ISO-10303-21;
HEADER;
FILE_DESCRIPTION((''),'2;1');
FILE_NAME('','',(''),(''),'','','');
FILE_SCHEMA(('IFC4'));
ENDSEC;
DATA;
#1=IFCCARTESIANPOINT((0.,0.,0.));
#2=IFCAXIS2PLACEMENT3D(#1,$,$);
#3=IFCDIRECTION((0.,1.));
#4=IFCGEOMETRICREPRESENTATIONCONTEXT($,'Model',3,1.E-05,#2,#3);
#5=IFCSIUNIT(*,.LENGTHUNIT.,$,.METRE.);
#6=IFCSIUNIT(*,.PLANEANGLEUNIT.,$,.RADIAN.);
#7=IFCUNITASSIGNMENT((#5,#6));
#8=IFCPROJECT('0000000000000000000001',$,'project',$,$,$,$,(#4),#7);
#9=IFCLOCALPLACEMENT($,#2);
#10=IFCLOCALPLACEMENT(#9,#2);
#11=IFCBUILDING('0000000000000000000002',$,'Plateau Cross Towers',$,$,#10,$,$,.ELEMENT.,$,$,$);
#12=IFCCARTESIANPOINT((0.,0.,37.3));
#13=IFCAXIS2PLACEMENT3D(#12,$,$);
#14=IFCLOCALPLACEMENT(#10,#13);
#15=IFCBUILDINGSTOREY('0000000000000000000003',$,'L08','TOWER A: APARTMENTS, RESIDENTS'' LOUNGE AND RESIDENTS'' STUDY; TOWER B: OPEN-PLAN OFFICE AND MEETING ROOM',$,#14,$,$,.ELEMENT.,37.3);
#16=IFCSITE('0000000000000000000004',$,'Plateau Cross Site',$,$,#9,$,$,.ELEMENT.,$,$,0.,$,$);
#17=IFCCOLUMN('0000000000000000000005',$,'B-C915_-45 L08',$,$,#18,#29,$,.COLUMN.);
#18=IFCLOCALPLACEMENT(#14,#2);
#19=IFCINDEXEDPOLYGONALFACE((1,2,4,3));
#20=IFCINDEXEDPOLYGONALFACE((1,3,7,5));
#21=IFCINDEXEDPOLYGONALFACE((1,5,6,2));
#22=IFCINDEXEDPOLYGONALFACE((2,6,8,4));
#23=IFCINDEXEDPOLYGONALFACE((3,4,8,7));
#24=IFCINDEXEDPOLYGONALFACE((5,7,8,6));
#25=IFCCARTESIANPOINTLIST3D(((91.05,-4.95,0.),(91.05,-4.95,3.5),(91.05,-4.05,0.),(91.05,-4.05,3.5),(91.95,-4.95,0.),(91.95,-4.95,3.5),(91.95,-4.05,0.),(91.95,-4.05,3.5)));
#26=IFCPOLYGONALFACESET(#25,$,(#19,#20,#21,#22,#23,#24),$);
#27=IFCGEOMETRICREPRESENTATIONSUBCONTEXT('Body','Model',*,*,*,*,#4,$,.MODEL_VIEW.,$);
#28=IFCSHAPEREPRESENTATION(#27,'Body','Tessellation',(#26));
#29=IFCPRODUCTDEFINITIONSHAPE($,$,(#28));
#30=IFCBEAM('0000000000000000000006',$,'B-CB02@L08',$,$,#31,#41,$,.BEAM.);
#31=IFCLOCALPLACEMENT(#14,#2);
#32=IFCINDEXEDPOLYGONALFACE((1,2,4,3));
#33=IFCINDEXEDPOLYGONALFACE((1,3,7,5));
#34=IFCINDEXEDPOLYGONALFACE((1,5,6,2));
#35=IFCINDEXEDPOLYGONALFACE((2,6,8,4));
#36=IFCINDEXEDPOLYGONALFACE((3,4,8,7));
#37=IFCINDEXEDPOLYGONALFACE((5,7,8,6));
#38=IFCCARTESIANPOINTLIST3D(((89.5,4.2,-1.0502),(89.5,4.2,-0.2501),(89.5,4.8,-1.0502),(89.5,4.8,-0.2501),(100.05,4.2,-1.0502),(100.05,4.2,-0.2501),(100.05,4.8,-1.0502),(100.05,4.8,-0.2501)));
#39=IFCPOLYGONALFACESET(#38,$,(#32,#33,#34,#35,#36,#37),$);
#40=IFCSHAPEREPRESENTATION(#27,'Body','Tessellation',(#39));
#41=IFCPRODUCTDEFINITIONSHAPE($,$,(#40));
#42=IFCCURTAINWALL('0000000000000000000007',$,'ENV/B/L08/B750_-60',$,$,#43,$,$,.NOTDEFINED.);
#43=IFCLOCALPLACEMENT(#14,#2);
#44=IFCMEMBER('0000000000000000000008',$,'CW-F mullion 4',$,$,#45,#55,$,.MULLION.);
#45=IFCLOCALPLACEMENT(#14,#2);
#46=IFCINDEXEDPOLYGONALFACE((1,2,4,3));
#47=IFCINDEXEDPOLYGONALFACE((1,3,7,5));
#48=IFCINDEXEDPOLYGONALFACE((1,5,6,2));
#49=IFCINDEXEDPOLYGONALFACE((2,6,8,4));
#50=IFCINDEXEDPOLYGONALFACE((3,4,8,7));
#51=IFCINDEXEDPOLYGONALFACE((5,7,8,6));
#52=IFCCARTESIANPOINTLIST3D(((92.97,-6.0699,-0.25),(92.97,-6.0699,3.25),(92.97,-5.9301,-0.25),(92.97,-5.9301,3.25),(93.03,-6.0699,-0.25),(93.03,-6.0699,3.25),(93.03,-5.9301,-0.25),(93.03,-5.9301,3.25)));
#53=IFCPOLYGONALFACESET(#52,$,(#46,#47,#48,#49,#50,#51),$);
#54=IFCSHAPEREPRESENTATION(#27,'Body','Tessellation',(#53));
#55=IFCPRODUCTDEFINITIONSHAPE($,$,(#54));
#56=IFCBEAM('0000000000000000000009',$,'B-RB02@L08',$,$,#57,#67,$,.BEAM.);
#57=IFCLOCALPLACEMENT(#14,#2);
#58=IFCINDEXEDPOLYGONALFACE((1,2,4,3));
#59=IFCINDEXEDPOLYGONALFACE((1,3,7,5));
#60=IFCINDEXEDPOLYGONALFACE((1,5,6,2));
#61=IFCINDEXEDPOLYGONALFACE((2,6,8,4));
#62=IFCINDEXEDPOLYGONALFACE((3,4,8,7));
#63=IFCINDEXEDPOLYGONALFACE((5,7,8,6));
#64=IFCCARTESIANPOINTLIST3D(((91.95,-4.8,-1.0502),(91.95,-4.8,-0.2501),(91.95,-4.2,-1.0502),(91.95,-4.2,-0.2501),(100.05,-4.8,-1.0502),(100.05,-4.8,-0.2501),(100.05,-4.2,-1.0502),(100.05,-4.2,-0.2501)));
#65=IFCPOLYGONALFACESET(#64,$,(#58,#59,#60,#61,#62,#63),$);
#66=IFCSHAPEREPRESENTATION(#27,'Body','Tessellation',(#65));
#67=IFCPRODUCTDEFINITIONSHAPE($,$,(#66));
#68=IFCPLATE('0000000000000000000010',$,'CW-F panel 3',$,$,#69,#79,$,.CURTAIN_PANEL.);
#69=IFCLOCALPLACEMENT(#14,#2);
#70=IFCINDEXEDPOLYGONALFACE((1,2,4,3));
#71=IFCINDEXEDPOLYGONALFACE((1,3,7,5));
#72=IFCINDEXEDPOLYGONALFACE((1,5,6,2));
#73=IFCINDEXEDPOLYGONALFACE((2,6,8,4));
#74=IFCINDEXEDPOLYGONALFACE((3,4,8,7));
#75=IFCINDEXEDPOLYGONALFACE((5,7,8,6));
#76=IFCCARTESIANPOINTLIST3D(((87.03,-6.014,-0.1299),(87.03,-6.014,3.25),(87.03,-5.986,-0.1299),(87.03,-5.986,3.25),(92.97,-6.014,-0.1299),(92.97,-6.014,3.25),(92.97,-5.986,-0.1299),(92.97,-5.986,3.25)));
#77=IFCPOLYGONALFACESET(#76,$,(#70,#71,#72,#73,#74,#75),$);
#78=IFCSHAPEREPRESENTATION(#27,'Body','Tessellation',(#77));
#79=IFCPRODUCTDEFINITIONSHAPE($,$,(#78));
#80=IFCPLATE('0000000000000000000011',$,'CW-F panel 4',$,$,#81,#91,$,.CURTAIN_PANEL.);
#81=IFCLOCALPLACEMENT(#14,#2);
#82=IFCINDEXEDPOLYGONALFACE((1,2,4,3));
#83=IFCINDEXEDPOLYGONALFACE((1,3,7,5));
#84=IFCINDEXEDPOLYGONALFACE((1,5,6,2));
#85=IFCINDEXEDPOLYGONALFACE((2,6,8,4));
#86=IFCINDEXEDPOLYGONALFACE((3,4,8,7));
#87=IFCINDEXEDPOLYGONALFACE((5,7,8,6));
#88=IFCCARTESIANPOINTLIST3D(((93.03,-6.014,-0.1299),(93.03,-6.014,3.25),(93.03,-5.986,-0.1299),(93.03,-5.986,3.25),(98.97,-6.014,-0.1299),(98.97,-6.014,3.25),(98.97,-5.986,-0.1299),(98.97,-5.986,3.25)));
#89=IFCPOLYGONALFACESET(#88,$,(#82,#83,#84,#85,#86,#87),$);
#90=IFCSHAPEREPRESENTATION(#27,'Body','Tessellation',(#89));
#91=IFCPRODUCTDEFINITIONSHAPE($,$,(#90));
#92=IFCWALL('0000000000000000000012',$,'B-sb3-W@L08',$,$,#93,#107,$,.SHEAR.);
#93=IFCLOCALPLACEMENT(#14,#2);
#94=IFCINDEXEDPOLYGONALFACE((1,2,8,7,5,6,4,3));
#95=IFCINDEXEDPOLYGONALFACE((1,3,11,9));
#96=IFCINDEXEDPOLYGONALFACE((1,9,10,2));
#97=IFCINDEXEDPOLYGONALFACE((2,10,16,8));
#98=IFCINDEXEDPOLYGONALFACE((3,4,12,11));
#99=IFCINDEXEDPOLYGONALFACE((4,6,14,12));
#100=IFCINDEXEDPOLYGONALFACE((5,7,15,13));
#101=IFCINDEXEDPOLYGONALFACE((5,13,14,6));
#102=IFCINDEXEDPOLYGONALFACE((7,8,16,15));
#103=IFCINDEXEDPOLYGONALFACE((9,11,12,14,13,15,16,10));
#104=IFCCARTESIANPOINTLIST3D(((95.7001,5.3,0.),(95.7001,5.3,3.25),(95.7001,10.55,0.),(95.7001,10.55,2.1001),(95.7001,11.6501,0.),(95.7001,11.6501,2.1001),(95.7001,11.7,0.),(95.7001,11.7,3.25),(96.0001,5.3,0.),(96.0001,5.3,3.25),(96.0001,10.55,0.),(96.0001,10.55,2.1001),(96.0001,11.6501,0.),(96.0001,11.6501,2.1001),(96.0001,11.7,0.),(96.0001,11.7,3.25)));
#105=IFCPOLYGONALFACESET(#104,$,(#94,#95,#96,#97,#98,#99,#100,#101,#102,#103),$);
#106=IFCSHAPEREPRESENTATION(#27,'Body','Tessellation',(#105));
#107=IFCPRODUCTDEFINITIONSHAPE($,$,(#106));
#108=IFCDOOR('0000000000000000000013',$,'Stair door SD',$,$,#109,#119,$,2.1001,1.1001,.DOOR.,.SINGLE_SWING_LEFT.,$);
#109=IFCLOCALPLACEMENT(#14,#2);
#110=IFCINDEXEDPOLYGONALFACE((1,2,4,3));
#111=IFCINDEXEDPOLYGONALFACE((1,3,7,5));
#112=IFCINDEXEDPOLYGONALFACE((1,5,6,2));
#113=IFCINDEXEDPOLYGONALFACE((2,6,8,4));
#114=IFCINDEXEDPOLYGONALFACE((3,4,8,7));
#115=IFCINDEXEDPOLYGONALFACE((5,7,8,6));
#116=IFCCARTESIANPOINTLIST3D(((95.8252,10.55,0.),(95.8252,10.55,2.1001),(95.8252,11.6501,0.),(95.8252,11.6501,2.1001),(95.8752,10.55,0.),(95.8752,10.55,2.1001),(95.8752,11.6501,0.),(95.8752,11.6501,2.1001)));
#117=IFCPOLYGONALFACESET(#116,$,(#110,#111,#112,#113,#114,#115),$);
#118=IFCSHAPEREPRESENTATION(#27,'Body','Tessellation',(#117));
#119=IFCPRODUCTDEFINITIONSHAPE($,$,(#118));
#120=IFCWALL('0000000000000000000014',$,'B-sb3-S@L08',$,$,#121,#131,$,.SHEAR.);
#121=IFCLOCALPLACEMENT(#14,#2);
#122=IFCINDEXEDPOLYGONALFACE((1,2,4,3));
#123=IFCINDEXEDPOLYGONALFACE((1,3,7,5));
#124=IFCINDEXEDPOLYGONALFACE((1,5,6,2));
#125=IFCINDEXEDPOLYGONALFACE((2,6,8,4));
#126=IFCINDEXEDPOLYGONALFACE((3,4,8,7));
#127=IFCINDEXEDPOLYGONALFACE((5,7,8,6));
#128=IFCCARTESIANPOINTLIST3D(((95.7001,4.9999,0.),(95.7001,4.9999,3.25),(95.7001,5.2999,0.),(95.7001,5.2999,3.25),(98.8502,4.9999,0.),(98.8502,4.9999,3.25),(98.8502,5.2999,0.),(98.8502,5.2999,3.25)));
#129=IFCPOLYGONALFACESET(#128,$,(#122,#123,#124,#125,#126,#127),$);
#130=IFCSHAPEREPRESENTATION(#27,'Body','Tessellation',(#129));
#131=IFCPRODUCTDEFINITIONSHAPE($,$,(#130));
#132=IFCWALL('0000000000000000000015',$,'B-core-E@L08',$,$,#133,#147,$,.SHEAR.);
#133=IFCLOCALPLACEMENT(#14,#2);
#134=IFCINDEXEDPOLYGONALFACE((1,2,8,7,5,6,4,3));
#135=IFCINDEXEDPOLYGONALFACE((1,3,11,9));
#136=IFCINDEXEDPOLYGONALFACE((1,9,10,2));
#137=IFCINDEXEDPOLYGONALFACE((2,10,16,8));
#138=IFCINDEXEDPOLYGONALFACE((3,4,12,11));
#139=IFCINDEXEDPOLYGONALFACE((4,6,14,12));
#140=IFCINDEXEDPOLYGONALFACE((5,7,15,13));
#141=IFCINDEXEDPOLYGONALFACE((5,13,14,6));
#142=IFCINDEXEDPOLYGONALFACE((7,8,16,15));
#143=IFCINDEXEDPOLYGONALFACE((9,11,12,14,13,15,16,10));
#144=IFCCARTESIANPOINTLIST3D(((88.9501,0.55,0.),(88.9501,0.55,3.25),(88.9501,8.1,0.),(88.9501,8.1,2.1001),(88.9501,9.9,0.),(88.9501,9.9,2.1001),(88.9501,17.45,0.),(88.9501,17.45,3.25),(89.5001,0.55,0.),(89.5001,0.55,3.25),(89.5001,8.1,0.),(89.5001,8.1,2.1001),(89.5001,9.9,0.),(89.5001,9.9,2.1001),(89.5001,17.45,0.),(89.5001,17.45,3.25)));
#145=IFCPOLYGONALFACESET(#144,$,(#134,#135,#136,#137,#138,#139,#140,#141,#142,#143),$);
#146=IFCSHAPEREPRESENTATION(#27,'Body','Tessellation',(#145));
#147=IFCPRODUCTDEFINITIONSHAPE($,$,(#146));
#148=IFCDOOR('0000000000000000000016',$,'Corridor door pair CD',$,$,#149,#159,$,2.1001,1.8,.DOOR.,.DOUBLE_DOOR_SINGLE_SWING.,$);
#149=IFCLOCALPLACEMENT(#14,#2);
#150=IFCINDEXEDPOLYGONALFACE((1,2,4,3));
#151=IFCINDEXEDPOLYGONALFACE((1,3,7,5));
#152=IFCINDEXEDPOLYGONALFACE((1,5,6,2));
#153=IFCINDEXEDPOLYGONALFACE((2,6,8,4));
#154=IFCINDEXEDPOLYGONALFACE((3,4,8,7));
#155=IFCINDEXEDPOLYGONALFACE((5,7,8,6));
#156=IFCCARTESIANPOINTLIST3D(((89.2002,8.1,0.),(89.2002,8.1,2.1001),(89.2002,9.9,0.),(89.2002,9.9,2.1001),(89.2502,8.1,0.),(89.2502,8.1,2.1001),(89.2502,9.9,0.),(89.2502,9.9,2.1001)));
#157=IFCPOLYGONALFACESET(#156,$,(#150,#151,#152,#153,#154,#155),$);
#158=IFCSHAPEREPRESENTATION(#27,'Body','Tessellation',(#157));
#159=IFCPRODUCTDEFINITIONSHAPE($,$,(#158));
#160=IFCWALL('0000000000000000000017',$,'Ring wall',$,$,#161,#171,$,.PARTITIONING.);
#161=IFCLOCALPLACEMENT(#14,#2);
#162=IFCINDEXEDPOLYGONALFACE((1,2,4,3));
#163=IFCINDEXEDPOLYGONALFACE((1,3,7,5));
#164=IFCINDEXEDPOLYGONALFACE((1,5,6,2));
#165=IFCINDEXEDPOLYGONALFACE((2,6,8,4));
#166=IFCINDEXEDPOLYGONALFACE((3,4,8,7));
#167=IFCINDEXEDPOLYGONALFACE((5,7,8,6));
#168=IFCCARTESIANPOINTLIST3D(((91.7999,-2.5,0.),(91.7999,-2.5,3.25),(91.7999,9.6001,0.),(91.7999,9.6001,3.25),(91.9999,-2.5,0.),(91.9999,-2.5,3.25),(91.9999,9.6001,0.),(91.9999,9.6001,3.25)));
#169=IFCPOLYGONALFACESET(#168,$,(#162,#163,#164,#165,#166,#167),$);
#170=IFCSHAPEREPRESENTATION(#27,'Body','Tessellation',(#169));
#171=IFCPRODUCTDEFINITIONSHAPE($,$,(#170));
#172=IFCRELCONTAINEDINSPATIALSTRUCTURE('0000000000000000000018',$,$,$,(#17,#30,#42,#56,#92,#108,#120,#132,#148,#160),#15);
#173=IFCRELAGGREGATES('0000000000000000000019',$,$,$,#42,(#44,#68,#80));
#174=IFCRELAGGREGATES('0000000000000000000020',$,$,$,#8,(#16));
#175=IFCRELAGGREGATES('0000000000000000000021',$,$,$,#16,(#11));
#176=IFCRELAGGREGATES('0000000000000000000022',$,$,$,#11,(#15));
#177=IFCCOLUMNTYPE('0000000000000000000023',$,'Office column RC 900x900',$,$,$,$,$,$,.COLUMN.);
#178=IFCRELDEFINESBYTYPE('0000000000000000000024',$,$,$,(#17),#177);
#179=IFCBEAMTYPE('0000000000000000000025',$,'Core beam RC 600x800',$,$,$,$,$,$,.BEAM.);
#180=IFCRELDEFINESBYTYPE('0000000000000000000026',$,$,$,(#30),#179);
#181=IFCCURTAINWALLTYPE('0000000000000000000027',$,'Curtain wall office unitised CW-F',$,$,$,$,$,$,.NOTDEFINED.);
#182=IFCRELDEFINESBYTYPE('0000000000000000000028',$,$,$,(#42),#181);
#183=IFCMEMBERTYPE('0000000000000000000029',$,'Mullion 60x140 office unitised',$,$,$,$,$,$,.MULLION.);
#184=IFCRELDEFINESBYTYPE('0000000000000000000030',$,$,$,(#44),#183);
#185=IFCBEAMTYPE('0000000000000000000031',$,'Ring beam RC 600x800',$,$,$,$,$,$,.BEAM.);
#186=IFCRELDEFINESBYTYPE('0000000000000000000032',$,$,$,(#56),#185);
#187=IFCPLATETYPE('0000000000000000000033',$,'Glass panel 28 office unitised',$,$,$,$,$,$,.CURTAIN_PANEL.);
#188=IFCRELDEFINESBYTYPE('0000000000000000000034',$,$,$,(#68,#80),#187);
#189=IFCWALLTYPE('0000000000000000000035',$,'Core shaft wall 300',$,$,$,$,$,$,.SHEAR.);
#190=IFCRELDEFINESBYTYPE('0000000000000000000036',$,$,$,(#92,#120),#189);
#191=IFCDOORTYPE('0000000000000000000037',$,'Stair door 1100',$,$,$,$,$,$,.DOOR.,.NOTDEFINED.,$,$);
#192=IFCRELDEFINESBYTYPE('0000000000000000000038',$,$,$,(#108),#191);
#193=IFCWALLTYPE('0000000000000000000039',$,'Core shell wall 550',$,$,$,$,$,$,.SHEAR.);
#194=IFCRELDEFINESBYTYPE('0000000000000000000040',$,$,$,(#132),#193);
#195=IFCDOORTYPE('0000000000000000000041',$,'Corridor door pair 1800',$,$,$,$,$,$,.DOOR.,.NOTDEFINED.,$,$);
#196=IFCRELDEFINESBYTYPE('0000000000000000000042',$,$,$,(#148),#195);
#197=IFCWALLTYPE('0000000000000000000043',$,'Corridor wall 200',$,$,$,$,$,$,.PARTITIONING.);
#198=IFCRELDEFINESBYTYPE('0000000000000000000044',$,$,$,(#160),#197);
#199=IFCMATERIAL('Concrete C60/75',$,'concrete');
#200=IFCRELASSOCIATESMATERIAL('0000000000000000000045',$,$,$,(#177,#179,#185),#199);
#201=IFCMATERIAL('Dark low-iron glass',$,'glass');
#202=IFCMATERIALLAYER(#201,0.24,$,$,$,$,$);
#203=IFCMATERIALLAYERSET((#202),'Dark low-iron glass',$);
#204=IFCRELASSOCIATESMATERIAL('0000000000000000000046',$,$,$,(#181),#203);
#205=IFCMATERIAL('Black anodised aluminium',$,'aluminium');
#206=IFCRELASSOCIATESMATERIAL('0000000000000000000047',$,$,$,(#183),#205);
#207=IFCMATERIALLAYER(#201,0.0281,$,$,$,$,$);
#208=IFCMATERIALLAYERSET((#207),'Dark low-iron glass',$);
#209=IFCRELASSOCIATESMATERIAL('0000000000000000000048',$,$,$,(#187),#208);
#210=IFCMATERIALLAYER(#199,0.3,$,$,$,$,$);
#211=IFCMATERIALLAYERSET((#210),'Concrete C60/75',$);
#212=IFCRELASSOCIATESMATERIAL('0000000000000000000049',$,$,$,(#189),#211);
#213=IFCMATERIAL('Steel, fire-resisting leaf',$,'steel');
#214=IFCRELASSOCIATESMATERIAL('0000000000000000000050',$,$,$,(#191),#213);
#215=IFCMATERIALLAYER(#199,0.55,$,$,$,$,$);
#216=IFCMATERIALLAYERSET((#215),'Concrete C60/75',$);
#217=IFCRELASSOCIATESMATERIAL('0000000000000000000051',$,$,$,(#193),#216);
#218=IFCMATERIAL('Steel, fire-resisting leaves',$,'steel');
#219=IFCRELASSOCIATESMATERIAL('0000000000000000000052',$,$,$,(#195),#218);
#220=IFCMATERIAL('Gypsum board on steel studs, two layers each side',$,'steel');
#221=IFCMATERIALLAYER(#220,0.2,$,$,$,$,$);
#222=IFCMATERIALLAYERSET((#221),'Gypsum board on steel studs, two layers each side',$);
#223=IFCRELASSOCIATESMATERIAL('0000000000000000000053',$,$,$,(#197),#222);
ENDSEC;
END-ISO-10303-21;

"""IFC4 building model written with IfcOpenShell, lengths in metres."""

from ifc_helpers import new_model, si_unit, direction, frame, frame_2d, origin, origin_2d, place, context, subcontext, project, spatial, rectangle, extrude, material, layer, layer_set, material_profile, profile_set, type_object, element, fill, aggregate, save


model = new_model("IFC4")

# Units and contexts
model_context = context("Model", 3, precision=1e-05, world=origin(), true_north=direction((0.0, 1.0)))
body_context = subcontext(model_context, "Body", "Model", "MODEL_VIEW")
ifc_project = project(units=[si_unit("LENGTHUNIT", "METRE"), si_unit("PLANEANGLEUNIT", "RADIAN")], contexts=[model_context])

# Site, building, storey
site_placement = place(None, origin())
site = spatial("IfcSite", under=ifc_project, at=site_placement, Name="Plateau Cross Site", CompositionType="ELEMENT", RefElevation=0.0)
building_placement = place(site_placement, origin())
building = spatial("IfcBuilding", under=site, at=building_placement, Name="Plateau Cross Towers", CompositionType="ELEMENT")
storey_placement = place(building_placement, frame((0.0, 0.0, 37.3)))
storey = spatial("IfcBuildingStorey", under=building, at=storey_placement, Name="L08", Description="TOWER A: APARTMENTS, RESIDENTS' LOUNGE AND RESIDENTS' STUDY; TOWER B: OPEN-PLAN OFFICE AND MEETING ROOM", CompositionType="ELEMENT", Elevation=37.3)

# Column
ifc_material_1 = material(Name="Concrete C60/75", Category="concrete")
ifc_material_profile_1 = material_profile(ifc_material_1, rectangle(XDim=0.8999, YDim=0.8999, at=origin_2d()), Name="RC 900x900")
ifc_profile_set_1 = profile_set([ifc_material_profile_1], Name="Concrete C60/75")
column_type = type_object("IfcColumnType", Name="Office column RC 900x900", PredefinedType="COLUMN", material=ifc_profile_set_1)
column_placement = place(storey_placement, frame((91.5, -4.5, 0.0), z_axis=(0.0, 0.0, 1.0), x_axis=(1.0, 0.0, 0.0)))
element("IfcColumn", 1, at=column_placement, inside=storey, type_object=column_type, Name="B-C915_-45 L08", PredefinedType="COLUMN", context=body_context, shape_type="SweptSolid", body=[
    extrude(rectangle(XDim=0.8999, YDim=0.8999, at=origin_2d()), origin(), (0.0, 0.0, 1.0), 3.5),
])

# Beam
ifc_material_profile_2 = material_profile(ifc_material_1, rectangle(XDim=0.6001, YDim=0.8, at=origin_2d()), Name="RC 600x800")
ifc_profile_set_2 = profile_set([ifc_material_profile_2], Name="Concrete C60/75")
beam_type_1 = type_object("IfcBeamType", Name="Core beam RC 600x800", PredefinedType="BEAM", material=ifc_profile_set_2)
beam_1_placement = place(storey_placement, frame((89.5, 4.5, -0.6501), z_axis=(1.0, 0.0, 0.0), x_axis=(0.0, 1.0, 0.0)))
element("IfcBeam", 2, at=beam_1_placement, inside=storey, type_object=beam_type_1, Name="B-CB02@L08", PredefinedType="BEAM", context=body_context, shape_type="SweptSolid", body=[
    extrude(rectangle(XDim=0.6001, YDim=0.8, at=origin_2d()), origin(), (0.0, 0.0, 1.0), 10.55),
])

# Curtain wall, member
ifc_material_2 = material(Name="Dark low-iron glass", Category="glass")
ifc_layer_1 = layer(ifc_material_2, 0.24)
ifc_layer_set_1 = layer_set([ifc_layer_1], Name="Dark low-iron glass")
curtain_wall_type = type_object("IfcCurtainWallType", Name="Curtain wall office unitised CW-F", PredefinedType="NOTDEFINED", material=ifc_layer_set_1)
curtain_wall_placement = place(storey_placement, origin())
curtain_wall = element("IfcCurtainWall", 3, at=curtain_wall_placement, inside=storey, type_object=curtain_wall_type, Name="ENV/B/L08/B750_-60", PredefinedType="NOTDEFINED")
ifc_material_3 = material(Name="Black anodised aluminium", Category="aluminium")
ifc_material_profile_3 = material_profile(ifc_material_3, rectangle(XDim=0.0601, YDim=0.1399, at=origin_2d()), Name="MULLION 60x140")
ifc_profile_set_3 = profile_set([ifc_material_profile_3], Name="Black anodised aluminium")
member_type = type_object("IfcMemberType", Name="Mullion 60x140 office unitised", PredefinedType="MULLION", material=ifc_profile_set_3)
member_placement = place(storey_placement, frame((93.0, -6.0, -0.25), z_axis=(0.0, 0.0, 1.0), x_axis=(1.0, 0.0, 0.0)))
member = element("IfcMember", 4, at=member_placement, type_object=member_type, Name="CW-F mullion 4", PredefinedType="MULLION", context=body_context, shape_type="SweptSolid", body=[
    extrude(rectangle(XDim=0.0601, YDim=0.1399, at=origin_2d()), origin(), (0.0, 0.0, 1.0), 3.5),
])

# Beam
ifc_material_profile_4 = material_profile(ifc_material_1, rectangle(XDim=0.6001, YDim=0.8, at=origin_2d()), Name="RC 600x800")
ifc_profile_set_4 = profile_set([ifc_material_profile_4], Name="Concrete C60/75")
beam_type_2 = type_object("IfcBeamType", Name="Ring beam RC 600x800", PredefinedType="BEAM", material=ifc_profile_set_4)
beam_2_placement = place(storey_placement, frame((91.95, -4.5, -0.6501), z_axis=(1.0, 0.0, 0.0), x_axis=(0.0, 1.0, 0.0)))
element("IfcBeam", 5, at=beam_2_placement, inside=storey, type_object=beam_type_2, Name="B-RB02@L08", PredefinedType="BEAM", context=body_context, shape_type="SweptSolid", body=[
    extrude(rectangle(XDim=0.6001, YDim=0.8, at=origin_2d()), origin(), (0.0, 0.0, 1.0), 8.1001),
])

# Plates
ifc_layer_2 = layer(ifc_material_2, 0.0281)
ifc_layer_set_2 = layer_set([ifc_layer_2], Name="Dark low-iron glass")
plate_type = type_object("IfcPlateType", Name="Glass panel 28 office unitised", PredefinedType="CURTAIN_PANEL", material=ifc_layer_set_2)
plate_1_placement = place(storey_placement, frame((90.0, -6.0, -0.1299), z_axis=(0.0, 0.0, 1.0), x_axis=(1.0, 0.0, 0.0)))
plate_1 = element("IfcPlate", 6, at=plate_1_placement, type_object=plate_type, Name="CW-F panel 3", PredefinedType="CURTAIN_PANEL", context=body_context, shape_type="SweptSolid", body=[
    extrude(rectangle(XDim=5.9399, YDim=0.0281, at=origin_2d()), origin(), (0.0, 0.0, 1.0), 3.3799),
])
plate_2_placement = place(storey_placement, frame((96.0, -6.0, -0.1299), z_axis=(0.0, 0.0, 1.0), x_axis=(1.0, 0.0, 0.0)))
plate_2 = element("IfcPlate", 7, at=plate_2_placement, type_object=plate_type, Name="CW-F panel 4", PredefinedType="CURTAIN_PANEL", context=body_context, shape_type="SweptSolid", body=[
    extrude(rectangle(XDim=5.9399, YDim=0.0281, at=origin_2d()), origin(), (0.0, 0.0, 1.0), 3.3799),
])
aggregate(curtain_wall, [member, plate_1, plate_2])

# Wall, opening, door
ifc_layer_3 = layer(ifc_material_1, 0.3)
ifc_layer_set_3 = layer_set([ifc_layer_3], Name="Concrete C60/75")
wall_type_1 = type_object("IfcWallType", Name="Core shaft wall 300", PredefinedType="SHEAR", material=ifc_layer_set_3)
wall_1_placement = place(storey_placement, frame((95.8501, 5.3, 0.0), z_axis=(0.0, 0.0, 1.0), x_axis=(0.0, 1.0, 0.0)))
wall_1 = element("IfcWall", 8, at=wall_1_placement, inside=storey, type_object=wall_type_1, Name="B-sb3-W@L08", PredefinedType="SHEAR", context=body_context, shape_type="SweptSolid", body=[
    extrude(rectangle(XDim=6.3999, YDim=0.3, at=frame_2d((3.2, 0.0))), origin(), (0.0, 0.0, 1.0), 3.25),
])
opening_1_placement = place(wall_1_placement, frame((5.25, 0.0, 0.0)))
opening_1 = element("IfcOpeningElement", 9, at=opening_1_placement, cuts=wall_1, PredefinedType="OPENING", context=body_context, shape_type="SweptSolid", body=[
    extrude(rectangle(XDim=1.1001, YDim=2.1001, at=frame_2d((0.55, 1.05))), frame((0.0, 0.1599, 0.0), z_axis=(0.0, -1.0, 0.0), x_axis=(1.0, 0.0, 0.0)), (0.0, 0.0, 1.0), 0.3201),
])
ifc_material_4 = material(Name="Steel, fire-resisting leaf", Category="steel")
door_type_1 = type_object("IfcDoorType", Name="Stair door 1100", OperationType="NOTDEFINED", PredefinedType="DOOR", material=ifc_material_4)
door_1_placement = place(opening_1_placement, origin())
door_1 = element("IfcDoor", 10, at=door_1_placement, inside=storey, type_object=door_type_1, Name="Stair door SD", OperationType="SINGLE_SWING_LEFT", OverallHeight=2.1001, OverallWidth=1.1001, PredefinedType="DOOR", context=body_context, shape_type="SweptSolid", body=[
    extrude(rectangle(XDim=1.1001, YDim=2.1001, at=frame_2d((0.55, 1.05))), frame((0.0, 0.0249, 0.0), z_axis=(0.0, -1.0, 0.0), x_axis=(1.0, 0.0, 0.0)), (0.0, 0.0, 1.0), 0.05),
])
fill(opening_1, door_1)

# Wall
wall_2_placement = place(storey_placement, frame((95.7, 5.1499, 0.0), z_axis=(0.0, 0.0, 1.0), x_axis=(1.0, 0.0, 0.0)))
element("IfcWall", 11, at=wall_2_placement, inside=storey, type_object=wall_type_1, Name="B-sb3-S@L08", PredefinedType="SHEAR", context=body_context, shape_type="SweptSolid", body=[
    extrude(rectangle(XDim=3.1501, YDim=0.3, at=frame_2d((1.5752, 0.0))), origin(), (0.0, 0.0, 1.0), 3.25),
])

# Wall, opening, door
ifc_layer_4 = layer(ifc_material_1, 0.55)
ifc_layer_set_4 = layer_set([ifc_layer_4], Name="Concrete C60/75")
wall_type_2 = type_object("IfcWallType", Name="Core shell wall 550", PredefinedType="SHEAR", material=ifc_layer_set_4)
wall_3_placement = place(storey_placement, frame((89.2251, 0.55, 0.0), z_axis=(0.0, 0.0, 1.0), x_axis=(0.0, 1.0, 0.0)))
wall_3 = element("IfcWall", 12, at=wall_3_placement, inside=storey, type_object=wall_type_2, Name="B-core-E@L08", PredefinedType="SHEAR", context=body_context, shape_type="SweptSolid", body=[
    extrude(rectangle(XDim=16.8999, YDim=0.55, at=frame_2d((8.45, 0.0))), origin(), (0.0, 0.0, 1.0), 3.25),
])
opening_2_placement = place(wall_3_placement, frame((7.55, 0.0, 0.0)))
opening_2 = element("IfcOpeningElement", 13, at=opening_2_placement, cuts=wall_3, PredefinedType="OPENING", context=body_context, shape_type="SweptSolid", body=[
    extrude(rectangle(XDim=1.8, YDim=2.1001, at=frame_2d((0.8999, 1.05))), frame((0.0, 0.2849, 0.0), z_axis=(0.0, -1.0, 0.0), x_axis=(1.0, 0.0, 0.0)), (0.0, 0.0, 1.0), 0.5701),
])
ifc_material_5 = material(Name="Steel, fire-resisting leaves", Category="steel")
door_type_2 = type_object("IfcDoorType", Name="Corridor door pair 1800", OperationType="NOTDEFINED", PredefinedType="DOOR", material=ifc_material_5)
door_2_placement = place(opening_2_placement, origin())
door_2 = element("IfcDoor", 14, at=door_2_placement, inside=storey, type_object=door_type_2, Name="Corridor door pair CD", OperationType="DOUBLE_DOOR_SINGLE_SWING", OverallHeight=2.1001, OverallWidth=1.8, PredefinedType="DOOR", context=body_context, shape_type="SweptSolid", body=[
    extrude(rectangle(XDim=1.8, YDim=2.1001, at=frame_2d((0.8999, 1.05))), frame((0.0, 0.0249, 0.0), z_axis=(0.0, -1.0, 0.0), x_axis=(1.0, 0.0, 0.0)), (0.0, 0.0, 1.0), 0.05),
])
fill(opening_2, door_2)

# Wall
ifc_material_6 = material(Name="Gypsum board on steel studs, two layers each side", Category="steel")
ifc_layer_5 = layer(ifc_material_6, 0.2)
ifc_layer_set_5 = layer_set([ifc_layer_5], Name="Gypsum board on steel studs, two layers each side")
wall_type_3 = type_object("IfcWallType", Name="Corridor wall 200", PredefinedType="PARTITIONING", material=ifc_layer_set_5)
wall_4_placement = place(storey_placement, frame((91.8999, -2.5, 0.0), z_axis=(0.0, 0.0, 1.0), x_axis=(0.0, 1.0, 0.0)))
element("IfcWall", 15, at=wall_4_placement, inside=storey, type_object=wall_type_3, Name="Ring wall", PredefinedType="PARTITIONING", context=body_context, shape_type="SweptSolid", body=[
    extrude(rectangle(XDim=12.1001, YDim=0.2, at=frame_2d((6.05, 0.0))), origin(), (0.0, 0.0, 1.0), 3.25),
])

save(model, "model.ifc")
